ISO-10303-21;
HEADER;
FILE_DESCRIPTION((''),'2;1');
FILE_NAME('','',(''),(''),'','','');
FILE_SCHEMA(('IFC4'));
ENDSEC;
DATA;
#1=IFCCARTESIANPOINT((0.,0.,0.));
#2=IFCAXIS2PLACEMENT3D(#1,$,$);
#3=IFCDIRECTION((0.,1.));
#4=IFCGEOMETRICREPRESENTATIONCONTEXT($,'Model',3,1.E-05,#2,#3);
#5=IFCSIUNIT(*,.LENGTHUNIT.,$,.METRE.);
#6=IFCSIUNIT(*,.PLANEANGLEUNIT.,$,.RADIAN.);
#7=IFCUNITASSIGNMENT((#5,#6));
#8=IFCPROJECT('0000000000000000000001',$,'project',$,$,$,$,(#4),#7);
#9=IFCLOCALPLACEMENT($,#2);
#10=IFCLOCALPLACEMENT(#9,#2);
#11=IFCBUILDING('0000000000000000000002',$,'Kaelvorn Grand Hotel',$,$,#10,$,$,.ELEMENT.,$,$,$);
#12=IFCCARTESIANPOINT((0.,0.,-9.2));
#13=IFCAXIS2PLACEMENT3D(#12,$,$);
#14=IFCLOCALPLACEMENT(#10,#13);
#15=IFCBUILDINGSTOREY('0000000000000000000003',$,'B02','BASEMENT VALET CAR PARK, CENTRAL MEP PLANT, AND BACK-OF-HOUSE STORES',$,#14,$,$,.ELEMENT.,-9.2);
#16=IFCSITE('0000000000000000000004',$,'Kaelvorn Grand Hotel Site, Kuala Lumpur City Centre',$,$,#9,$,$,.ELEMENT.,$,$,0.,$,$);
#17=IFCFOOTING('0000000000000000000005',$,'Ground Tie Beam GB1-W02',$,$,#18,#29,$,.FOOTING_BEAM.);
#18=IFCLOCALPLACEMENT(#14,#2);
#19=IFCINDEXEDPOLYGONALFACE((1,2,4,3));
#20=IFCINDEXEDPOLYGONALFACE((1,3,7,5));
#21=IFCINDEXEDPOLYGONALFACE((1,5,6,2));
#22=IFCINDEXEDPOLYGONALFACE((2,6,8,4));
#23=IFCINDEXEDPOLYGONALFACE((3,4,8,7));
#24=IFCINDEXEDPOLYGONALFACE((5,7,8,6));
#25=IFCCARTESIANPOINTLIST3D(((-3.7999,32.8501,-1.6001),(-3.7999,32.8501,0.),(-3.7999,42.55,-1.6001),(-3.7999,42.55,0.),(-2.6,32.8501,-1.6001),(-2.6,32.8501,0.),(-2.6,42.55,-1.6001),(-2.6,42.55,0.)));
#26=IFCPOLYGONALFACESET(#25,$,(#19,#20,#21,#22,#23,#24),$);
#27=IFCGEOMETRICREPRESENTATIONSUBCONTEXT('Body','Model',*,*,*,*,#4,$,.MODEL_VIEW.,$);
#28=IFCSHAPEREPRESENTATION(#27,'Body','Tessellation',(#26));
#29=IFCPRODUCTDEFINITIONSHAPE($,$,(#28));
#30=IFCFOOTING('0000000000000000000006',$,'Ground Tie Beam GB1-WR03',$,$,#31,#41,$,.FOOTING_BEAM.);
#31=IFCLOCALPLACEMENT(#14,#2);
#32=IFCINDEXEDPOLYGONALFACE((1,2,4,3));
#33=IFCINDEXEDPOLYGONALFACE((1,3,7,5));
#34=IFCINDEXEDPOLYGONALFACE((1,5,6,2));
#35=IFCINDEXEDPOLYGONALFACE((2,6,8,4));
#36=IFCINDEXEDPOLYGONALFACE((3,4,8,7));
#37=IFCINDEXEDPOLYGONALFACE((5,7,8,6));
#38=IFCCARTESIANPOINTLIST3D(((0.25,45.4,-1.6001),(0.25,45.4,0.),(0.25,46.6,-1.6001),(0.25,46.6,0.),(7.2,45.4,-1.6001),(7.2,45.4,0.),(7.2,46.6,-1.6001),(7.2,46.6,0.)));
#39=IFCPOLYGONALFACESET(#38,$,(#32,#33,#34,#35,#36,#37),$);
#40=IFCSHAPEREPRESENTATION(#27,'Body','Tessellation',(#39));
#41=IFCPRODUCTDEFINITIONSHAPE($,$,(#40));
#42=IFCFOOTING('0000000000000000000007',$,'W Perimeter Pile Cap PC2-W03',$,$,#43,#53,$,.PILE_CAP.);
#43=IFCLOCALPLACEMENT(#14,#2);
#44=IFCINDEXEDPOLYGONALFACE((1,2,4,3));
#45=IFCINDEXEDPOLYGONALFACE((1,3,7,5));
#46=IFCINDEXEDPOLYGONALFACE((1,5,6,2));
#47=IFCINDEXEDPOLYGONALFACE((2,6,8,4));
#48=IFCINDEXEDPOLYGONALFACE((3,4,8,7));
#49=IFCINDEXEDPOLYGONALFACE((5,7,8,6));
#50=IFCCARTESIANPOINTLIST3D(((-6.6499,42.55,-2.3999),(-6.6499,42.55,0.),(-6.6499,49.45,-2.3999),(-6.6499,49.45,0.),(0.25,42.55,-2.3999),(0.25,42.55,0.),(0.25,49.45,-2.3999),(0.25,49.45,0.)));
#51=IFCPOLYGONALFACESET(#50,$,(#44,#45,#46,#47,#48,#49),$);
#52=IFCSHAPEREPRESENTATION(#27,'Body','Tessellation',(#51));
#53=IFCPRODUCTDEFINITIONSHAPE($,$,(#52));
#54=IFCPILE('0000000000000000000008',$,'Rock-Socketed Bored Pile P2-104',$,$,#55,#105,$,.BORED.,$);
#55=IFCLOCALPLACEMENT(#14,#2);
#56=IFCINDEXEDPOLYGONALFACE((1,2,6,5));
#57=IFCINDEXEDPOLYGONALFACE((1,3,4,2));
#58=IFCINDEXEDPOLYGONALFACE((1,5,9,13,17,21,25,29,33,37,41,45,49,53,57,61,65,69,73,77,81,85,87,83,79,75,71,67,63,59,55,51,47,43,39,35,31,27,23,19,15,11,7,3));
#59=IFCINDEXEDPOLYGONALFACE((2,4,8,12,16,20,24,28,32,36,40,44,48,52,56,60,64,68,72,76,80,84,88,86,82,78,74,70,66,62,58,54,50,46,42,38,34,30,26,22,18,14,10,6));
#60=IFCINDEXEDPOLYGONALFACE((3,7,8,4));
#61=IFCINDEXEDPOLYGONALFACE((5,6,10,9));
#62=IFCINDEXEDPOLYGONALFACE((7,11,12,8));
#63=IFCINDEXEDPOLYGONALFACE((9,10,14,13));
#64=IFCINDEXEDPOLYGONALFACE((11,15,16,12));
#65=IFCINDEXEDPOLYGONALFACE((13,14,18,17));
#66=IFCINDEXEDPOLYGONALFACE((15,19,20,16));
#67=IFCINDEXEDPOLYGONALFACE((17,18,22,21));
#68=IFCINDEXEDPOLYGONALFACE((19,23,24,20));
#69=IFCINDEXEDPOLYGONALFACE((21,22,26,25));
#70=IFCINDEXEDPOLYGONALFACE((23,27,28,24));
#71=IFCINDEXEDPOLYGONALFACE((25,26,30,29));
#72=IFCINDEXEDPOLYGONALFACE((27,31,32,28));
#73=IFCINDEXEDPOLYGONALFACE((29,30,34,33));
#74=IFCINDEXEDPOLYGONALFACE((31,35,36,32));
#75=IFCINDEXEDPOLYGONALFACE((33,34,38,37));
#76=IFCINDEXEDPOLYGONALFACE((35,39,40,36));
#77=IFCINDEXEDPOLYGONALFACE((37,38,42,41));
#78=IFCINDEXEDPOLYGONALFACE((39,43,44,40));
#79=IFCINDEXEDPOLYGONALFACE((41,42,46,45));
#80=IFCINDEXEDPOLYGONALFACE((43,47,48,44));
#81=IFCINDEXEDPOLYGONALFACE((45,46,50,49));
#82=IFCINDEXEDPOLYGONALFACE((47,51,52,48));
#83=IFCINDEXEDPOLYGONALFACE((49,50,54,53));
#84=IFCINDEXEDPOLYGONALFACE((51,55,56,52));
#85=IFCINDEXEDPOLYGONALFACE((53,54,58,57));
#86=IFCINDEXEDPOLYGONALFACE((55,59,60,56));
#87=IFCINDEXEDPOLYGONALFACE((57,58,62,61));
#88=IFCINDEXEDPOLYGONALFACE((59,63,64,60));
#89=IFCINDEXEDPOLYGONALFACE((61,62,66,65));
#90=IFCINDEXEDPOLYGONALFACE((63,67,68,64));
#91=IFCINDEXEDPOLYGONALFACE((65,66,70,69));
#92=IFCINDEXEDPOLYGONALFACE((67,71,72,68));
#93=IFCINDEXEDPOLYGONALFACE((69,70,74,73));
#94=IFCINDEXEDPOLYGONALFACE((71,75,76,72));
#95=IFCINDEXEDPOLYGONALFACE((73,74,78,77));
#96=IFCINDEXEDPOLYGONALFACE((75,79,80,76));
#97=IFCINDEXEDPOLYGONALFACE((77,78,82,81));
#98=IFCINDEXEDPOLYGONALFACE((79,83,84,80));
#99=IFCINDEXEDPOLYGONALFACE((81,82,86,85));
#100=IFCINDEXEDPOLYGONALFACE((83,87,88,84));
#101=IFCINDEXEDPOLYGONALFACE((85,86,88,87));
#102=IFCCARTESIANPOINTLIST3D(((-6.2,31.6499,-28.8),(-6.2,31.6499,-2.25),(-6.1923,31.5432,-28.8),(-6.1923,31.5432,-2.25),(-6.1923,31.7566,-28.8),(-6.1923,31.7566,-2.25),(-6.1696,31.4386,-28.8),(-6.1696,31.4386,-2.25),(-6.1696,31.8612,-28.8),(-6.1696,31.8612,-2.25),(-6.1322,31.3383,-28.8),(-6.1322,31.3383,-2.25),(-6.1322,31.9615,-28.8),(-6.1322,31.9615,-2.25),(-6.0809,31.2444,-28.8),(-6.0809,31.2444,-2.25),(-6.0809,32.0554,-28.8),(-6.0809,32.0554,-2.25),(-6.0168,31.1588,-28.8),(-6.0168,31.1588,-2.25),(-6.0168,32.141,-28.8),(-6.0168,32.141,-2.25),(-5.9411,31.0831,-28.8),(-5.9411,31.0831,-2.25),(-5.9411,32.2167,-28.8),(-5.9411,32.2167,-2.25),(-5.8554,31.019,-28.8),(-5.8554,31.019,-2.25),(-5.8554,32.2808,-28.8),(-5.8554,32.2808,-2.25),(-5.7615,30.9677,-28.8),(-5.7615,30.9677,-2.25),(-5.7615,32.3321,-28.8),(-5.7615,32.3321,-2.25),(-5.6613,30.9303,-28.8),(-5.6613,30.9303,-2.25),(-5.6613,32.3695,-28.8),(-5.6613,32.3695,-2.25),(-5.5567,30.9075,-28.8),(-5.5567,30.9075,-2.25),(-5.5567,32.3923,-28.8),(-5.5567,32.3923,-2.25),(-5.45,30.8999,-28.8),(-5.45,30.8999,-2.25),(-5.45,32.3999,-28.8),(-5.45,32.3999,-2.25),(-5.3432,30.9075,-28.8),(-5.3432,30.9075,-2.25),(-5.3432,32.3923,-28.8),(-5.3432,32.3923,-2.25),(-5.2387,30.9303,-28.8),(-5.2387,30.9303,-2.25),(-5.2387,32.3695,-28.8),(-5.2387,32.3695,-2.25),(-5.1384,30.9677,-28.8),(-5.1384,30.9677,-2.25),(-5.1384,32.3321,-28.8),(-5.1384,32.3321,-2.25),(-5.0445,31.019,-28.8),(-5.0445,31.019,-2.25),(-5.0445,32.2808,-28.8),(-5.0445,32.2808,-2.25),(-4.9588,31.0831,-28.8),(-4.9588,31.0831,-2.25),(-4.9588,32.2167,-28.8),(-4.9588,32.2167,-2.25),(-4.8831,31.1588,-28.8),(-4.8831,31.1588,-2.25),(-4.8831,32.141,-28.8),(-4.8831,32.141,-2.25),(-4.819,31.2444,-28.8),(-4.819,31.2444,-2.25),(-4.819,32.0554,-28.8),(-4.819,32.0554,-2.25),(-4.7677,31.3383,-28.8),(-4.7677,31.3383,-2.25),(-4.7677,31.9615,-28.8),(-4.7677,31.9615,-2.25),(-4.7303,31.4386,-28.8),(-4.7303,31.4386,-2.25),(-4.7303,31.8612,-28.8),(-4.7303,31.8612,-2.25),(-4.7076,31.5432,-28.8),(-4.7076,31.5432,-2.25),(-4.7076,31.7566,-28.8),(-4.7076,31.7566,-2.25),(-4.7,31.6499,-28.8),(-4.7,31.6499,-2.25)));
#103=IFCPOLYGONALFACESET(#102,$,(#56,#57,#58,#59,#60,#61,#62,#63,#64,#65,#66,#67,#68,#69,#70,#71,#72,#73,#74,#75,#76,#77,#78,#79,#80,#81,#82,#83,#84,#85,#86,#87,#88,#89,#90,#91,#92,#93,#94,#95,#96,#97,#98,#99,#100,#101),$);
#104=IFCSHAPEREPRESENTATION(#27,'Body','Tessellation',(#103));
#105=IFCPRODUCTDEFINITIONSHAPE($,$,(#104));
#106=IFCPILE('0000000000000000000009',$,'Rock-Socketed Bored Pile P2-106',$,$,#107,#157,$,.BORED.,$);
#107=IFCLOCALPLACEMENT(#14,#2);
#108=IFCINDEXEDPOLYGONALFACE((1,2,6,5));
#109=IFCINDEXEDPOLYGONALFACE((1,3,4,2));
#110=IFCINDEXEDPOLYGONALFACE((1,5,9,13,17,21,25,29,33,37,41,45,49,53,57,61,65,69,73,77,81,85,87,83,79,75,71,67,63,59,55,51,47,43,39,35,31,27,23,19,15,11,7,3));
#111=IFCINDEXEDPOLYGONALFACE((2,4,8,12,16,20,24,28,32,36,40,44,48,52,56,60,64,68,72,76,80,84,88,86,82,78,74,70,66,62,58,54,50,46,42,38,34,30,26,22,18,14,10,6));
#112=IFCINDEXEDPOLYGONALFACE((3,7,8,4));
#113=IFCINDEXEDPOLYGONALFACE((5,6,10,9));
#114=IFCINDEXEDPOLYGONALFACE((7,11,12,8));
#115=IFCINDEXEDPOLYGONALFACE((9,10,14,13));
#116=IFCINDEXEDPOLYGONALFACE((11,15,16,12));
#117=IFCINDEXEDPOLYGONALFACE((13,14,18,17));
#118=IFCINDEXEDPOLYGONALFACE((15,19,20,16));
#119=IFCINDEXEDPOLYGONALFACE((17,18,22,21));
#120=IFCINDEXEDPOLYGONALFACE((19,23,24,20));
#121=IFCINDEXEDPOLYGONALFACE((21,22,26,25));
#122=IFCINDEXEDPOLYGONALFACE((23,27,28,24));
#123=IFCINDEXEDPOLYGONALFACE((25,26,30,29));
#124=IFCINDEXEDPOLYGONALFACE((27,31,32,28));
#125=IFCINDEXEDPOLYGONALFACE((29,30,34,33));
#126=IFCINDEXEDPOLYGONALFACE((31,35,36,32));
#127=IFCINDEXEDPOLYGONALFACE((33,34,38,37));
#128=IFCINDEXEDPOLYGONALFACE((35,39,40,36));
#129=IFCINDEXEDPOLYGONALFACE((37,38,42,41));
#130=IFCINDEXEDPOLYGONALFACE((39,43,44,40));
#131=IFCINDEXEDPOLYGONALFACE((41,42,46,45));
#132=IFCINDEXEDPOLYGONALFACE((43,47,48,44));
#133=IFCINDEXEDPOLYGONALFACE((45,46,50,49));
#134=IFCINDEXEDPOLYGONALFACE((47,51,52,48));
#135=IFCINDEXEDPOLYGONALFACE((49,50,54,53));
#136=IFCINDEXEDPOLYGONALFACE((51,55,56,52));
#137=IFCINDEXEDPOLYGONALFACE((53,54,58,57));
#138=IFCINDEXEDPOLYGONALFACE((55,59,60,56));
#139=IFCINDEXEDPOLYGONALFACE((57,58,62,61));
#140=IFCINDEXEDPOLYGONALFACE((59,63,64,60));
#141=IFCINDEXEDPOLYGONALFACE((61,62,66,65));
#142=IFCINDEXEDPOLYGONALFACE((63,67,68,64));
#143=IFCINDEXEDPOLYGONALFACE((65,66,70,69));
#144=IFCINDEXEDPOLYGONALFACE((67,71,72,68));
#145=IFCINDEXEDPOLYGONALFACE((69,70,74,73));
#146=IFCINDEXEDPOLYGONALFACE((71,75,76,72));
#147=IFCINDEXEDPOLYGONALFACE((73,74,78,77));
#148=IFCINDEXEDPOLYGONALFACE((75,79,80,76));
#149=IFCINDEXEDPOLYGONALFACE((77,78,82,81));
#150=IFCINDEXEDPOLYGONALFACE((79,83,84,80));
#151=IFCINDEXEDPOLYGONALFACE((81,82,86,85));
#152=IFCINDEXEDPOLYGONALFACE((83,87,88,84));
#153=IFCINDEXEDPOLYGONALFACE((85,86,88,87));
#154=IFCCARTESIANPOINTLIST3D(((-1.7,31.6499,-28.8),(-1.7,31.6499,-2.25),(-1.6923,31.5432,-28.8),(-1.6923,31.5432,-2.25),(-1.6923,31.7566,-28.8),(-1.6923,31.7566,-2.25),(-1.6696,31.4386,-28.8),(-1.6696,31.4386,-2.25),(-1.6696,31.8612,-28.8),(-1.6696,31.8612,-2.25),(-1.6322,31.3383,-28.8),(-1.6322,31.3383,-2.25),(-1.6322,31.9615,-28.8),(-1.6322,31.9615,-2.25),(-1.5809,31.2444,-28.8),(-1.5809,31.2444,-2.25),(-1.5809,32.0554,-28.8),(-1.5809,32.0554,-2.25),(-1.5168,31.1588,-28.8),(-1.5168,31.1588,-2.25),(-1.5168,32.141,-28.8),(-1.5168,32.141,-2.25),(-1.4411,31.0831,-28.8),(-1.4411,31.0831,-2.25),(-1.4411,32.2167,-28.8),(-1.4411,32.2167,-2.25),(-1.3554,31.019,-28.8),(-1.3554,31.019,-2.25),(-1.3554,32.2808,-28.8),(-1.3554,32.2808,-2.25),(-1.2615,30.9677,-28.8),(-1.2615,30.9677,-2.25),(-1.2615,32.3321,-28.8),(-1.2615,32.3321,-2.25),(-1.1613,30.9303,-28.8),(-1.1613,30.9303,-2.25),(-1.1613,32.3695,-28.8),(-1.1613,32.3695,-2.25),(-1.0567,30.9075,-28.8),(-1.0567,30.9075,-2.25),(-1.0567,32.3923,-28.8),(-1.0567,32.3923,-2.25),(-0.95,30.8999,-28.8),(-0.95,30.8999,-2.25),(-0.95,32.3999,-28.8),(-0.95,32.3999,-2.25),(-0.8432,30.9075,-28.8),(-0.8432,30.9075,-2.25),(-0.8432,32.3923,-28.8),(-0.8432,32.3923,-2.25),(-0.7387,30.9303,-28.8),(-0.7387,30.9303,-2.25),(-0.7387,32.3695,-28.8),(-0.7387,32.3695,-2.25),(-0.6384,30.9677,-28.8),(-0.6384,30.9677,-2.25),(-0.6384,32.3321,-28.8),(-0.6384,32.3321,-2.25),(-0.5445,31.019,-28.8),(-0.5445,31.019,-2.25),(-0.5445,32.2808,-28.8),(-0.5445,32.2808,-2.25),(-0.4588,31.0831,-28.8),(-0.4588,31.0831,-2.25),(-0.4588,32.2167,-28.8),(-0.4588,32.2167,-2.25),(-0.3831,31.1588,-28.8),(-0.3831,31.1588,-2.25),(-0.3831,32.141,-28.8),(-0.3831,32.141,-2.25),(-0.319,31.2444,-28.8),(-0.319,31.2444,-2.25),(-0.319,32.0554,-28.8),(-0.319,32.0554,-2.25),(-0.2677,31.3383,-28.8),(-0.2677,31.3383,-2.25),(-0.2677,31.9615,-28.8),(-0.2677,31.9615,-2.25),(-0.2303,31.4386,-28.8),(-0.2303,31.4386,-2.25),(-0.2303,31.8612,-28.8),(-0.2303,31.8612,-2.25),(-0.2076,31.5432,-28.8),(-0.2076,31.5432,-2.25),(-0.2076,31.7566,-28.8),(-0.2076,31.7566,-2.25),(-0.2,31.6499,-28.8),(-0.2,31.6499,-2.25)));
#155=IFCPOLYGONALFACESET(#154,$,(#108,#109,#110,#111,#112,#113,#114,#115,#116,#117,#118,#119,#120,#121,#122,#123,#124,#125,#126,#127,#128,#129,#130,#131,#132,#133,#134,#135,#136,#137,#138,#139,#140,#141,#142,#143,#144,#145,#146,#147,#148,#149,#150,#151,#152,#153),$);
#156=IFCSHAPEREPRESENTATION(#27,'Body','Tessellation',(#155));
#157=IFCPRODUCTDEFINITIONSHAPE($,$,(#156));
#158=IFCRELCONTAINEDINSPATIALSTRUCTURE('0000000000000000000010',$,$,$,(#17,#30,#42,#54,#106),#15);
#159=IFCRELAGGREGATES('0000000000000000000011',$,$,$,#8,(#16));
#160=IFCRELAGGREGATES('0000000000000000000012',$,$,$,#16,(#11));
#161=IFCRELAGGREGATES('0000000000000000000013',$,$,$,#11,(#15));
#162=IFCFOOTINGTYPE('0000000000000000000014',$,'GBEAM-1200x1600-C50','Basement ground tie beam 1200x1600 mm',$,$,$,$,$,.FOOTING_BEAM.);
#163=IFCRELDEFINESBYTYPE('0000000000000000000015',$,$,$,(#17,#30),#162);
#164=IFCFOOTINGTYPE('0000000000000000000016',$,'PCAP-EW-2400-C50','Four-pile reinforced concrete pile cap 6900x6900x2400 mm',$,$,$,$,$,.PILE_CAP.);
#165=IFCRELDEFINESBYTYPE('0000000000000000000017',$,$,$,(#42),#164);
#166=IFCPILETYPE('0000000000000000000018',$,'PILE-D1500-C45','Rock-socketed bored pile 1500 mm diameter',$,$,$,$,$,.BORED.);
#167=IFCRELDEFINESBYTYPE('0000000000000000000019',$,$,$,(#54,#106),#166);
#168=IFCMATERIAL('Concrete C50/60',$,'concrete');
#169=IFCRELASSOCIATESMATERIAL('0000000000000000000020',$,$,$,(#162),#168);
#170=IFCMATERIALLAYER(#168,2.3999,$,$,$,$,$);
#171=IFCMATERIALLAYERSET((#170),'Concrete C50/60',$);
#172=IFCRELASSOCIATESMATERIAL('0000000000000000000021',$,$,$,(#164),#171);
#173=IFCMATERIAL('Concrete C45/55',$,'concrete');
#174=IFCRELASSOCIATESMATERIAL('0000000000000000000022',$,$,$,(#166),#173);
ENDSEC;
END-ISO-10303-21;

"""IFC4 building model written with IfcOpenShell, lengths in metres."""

from ifc_helpers import new_model, si_unit, direction, frame, origin, origin_2d, place, context, subcontext, project, spatial, rectangle, circle, extrude, material, layer, layer_set, material_profile, profile_set, type_object, element, save


model = new_model("IFC4")

# Units and contexts
model_context = context("Model", 3, precision=1e-05, world=origin(), true_north=direction((0.0, 1.0)))
body_context = subcontext(model_context, "Body", "Model", "MODEL_VIEW")
ifc_project = project(units=[si_unit("LENGTHUNIT", "METRE"), si_unit("PLANEANGLEUNIT", "RADIAN")], contexts=[model_context])

# Site, building, storey
site_placement = place(None, origin())
site = spatial("IfcSite", under=ifc_project, at=site_placement, Name="Kaelvorn Grand Hotel Site, Kuala Lumpur City Centre", CompositionType="ELEMENT", RefElevation=0.0)
building_placement = place(site_placement, origin())
building = spatial("IfcBuilding", under=site, at=building_placement, Name="Kaelvorn Grand Hotel", CompositionType="ELEMENT")
storey_placement = place(building_placement, frame((0.0, 0.0, -9.2)))
storey = spatial("IfcBuildingStorey", under=building, at=storey_placement, Name="B02", Description="BASEMENT VALET CAR PARK, CENTRAL MEP PLANT, AND BACK-OF-HOUSE STORES", CompositionType="ELEMENT", Elevation=-9.2)

# Footings
ifc_material_1 = material(Name="Concrete C50/60", Category="concrete")
ifc_material_profile_1 = material_profile(ifc_material_1, rectangle(XDim=1.2, YDim=1.6001, at=origin_2d()), Name="GB 1200x1600")
ifc_profile_set_1 = profile_set([ifc_material_profile_1], Name="Concrete C50/60")
footing_type_1 = type_object("IfcFootingType", Name="GBEAM-1200x1600-C50", Description="Basement ground tie beam 1200x1600 mm", PredefinedType="FOOTING_BEAM", material=ifc_profile_set_1)
footing_1_placement = place(storey_placement, frame((-3.2, 32.8501, -0.8), z_axis=(0.0, 1.0, 0.0), x_axis=(-1.0, 0.0, 0.0)))
element("IfcFooting", 1, at=footing_1_placement, inside=storey, type_object=footing_type_1, Name="Ground Tie Beam GB1-W02", PredefinedType="FOOTING_BEAM", context=body_context, shape_type="SweptSolid", body=[
    extrude(rectangle(XDim=1.2, YDim=1.6001, at=origin_2d()), origin(), (0.0, 0.0, 1.0), 9.7),
])
footing_2_placement = place(storey_placement, frame((0.25, 46.0, -0.8), z_axis=(1.0, 0.0, 0.0), x_axis=(0.0, 1.0, 0.0)))
element("IfcFooting", 2, at=footing_2_placement, inside=storey, type_object=footing_type_1, Name="Ground Tie Beam GB1-WR03", PredefinedType="FOOTING_BEAM", context=body_context, shape_type="SweptSolid", body=[
    extrude(rectangle(XDim=1.2, YDim=1.6001, at=origin_2d()), origin(), (0.0, 0.0, 1.0), 6.95),
])
ifc_layer_1 = layer(ifc_material_1, 2.3999)
ifc_layer_set_1 = layer_set([ifc_layer_1], Name="Concrete C50/60")
footing_type_2 = type_object("IfcFootingType", Name="PCAP-EW-2400-C50", Description="Four-pile reinforced concrete pile cap 6900x6900x2400 mm", PredefinedType="PILE_CAP", material=ifc_layer_set_1)
footing_3_placement = place(storey_placement, frame((-3.2, 46.0, -2.3999), z_axis=(0.0, 0.0, 1.0), x_axis=(1.0, 0.0, 0.0)))
element("IfcFooting", 3, at=footing_3_placement, inside=storey, type_object=footing_type_2, Name="W Perimeter Pile Cap PC2-W03", PredefinedType="PILE_CAP", context=body_context, shape_type="SweptSolid", body=[
    extrude(rectangle(XDim=6.8999, YDim=6.8999, at=origin_2d()), origin(), (0.0, 0.0, 1.0), 2.3999),
])

# Piles
ifc_material_2 = material(Name="Concrete C45/55", Category="concrete")
ifc_material_profile_2 = material_profile(ifc_material_2, circle(Radius=0.75, at=origin_2d()), Name="BORED PILE D1500")
ifc_profile_set_2 = profile_set([ifc_material_profile_2], Name="Concrete C45/55")
pile_type_1 = type_object("IfcPileType", Name="PILE-D1500-C45", Description="Rock-socketed bored pile 1500 mm diameter", PredefinedType="BORED", material=ifc_profile_set_2)
for number, where, z_axis, x_axis, name in (
    (4, (-5.45, 31.6499, -2.25), (0.0, 0.0, -1.0), (1.0, 0.0, 0.0), "Rock-Socketed Bored Pile P2-104"),
    (5, (-0.95, 31.6499, -2.25), (0.0, 0.0, -1.0), (1.0, 0.0, 0.0), "Rock-Socketed Bored Pile P2-106"),
):
    element("IfcPile", number, at=place(storey_placement, frame(where, z_axis=z_axis, x_axis=x_axis)), inside=storey, type_object=pile_type_1, Name=name, PredefinedType="BORED", context=body_context, shape_type="SweptSolid", body=[
        extrude(circle(Radius=0.75, at=origin_2d()), origin(), (0.0, 0.0, 1.0), 26.55),
    ])

save(model, "model.ifc")
